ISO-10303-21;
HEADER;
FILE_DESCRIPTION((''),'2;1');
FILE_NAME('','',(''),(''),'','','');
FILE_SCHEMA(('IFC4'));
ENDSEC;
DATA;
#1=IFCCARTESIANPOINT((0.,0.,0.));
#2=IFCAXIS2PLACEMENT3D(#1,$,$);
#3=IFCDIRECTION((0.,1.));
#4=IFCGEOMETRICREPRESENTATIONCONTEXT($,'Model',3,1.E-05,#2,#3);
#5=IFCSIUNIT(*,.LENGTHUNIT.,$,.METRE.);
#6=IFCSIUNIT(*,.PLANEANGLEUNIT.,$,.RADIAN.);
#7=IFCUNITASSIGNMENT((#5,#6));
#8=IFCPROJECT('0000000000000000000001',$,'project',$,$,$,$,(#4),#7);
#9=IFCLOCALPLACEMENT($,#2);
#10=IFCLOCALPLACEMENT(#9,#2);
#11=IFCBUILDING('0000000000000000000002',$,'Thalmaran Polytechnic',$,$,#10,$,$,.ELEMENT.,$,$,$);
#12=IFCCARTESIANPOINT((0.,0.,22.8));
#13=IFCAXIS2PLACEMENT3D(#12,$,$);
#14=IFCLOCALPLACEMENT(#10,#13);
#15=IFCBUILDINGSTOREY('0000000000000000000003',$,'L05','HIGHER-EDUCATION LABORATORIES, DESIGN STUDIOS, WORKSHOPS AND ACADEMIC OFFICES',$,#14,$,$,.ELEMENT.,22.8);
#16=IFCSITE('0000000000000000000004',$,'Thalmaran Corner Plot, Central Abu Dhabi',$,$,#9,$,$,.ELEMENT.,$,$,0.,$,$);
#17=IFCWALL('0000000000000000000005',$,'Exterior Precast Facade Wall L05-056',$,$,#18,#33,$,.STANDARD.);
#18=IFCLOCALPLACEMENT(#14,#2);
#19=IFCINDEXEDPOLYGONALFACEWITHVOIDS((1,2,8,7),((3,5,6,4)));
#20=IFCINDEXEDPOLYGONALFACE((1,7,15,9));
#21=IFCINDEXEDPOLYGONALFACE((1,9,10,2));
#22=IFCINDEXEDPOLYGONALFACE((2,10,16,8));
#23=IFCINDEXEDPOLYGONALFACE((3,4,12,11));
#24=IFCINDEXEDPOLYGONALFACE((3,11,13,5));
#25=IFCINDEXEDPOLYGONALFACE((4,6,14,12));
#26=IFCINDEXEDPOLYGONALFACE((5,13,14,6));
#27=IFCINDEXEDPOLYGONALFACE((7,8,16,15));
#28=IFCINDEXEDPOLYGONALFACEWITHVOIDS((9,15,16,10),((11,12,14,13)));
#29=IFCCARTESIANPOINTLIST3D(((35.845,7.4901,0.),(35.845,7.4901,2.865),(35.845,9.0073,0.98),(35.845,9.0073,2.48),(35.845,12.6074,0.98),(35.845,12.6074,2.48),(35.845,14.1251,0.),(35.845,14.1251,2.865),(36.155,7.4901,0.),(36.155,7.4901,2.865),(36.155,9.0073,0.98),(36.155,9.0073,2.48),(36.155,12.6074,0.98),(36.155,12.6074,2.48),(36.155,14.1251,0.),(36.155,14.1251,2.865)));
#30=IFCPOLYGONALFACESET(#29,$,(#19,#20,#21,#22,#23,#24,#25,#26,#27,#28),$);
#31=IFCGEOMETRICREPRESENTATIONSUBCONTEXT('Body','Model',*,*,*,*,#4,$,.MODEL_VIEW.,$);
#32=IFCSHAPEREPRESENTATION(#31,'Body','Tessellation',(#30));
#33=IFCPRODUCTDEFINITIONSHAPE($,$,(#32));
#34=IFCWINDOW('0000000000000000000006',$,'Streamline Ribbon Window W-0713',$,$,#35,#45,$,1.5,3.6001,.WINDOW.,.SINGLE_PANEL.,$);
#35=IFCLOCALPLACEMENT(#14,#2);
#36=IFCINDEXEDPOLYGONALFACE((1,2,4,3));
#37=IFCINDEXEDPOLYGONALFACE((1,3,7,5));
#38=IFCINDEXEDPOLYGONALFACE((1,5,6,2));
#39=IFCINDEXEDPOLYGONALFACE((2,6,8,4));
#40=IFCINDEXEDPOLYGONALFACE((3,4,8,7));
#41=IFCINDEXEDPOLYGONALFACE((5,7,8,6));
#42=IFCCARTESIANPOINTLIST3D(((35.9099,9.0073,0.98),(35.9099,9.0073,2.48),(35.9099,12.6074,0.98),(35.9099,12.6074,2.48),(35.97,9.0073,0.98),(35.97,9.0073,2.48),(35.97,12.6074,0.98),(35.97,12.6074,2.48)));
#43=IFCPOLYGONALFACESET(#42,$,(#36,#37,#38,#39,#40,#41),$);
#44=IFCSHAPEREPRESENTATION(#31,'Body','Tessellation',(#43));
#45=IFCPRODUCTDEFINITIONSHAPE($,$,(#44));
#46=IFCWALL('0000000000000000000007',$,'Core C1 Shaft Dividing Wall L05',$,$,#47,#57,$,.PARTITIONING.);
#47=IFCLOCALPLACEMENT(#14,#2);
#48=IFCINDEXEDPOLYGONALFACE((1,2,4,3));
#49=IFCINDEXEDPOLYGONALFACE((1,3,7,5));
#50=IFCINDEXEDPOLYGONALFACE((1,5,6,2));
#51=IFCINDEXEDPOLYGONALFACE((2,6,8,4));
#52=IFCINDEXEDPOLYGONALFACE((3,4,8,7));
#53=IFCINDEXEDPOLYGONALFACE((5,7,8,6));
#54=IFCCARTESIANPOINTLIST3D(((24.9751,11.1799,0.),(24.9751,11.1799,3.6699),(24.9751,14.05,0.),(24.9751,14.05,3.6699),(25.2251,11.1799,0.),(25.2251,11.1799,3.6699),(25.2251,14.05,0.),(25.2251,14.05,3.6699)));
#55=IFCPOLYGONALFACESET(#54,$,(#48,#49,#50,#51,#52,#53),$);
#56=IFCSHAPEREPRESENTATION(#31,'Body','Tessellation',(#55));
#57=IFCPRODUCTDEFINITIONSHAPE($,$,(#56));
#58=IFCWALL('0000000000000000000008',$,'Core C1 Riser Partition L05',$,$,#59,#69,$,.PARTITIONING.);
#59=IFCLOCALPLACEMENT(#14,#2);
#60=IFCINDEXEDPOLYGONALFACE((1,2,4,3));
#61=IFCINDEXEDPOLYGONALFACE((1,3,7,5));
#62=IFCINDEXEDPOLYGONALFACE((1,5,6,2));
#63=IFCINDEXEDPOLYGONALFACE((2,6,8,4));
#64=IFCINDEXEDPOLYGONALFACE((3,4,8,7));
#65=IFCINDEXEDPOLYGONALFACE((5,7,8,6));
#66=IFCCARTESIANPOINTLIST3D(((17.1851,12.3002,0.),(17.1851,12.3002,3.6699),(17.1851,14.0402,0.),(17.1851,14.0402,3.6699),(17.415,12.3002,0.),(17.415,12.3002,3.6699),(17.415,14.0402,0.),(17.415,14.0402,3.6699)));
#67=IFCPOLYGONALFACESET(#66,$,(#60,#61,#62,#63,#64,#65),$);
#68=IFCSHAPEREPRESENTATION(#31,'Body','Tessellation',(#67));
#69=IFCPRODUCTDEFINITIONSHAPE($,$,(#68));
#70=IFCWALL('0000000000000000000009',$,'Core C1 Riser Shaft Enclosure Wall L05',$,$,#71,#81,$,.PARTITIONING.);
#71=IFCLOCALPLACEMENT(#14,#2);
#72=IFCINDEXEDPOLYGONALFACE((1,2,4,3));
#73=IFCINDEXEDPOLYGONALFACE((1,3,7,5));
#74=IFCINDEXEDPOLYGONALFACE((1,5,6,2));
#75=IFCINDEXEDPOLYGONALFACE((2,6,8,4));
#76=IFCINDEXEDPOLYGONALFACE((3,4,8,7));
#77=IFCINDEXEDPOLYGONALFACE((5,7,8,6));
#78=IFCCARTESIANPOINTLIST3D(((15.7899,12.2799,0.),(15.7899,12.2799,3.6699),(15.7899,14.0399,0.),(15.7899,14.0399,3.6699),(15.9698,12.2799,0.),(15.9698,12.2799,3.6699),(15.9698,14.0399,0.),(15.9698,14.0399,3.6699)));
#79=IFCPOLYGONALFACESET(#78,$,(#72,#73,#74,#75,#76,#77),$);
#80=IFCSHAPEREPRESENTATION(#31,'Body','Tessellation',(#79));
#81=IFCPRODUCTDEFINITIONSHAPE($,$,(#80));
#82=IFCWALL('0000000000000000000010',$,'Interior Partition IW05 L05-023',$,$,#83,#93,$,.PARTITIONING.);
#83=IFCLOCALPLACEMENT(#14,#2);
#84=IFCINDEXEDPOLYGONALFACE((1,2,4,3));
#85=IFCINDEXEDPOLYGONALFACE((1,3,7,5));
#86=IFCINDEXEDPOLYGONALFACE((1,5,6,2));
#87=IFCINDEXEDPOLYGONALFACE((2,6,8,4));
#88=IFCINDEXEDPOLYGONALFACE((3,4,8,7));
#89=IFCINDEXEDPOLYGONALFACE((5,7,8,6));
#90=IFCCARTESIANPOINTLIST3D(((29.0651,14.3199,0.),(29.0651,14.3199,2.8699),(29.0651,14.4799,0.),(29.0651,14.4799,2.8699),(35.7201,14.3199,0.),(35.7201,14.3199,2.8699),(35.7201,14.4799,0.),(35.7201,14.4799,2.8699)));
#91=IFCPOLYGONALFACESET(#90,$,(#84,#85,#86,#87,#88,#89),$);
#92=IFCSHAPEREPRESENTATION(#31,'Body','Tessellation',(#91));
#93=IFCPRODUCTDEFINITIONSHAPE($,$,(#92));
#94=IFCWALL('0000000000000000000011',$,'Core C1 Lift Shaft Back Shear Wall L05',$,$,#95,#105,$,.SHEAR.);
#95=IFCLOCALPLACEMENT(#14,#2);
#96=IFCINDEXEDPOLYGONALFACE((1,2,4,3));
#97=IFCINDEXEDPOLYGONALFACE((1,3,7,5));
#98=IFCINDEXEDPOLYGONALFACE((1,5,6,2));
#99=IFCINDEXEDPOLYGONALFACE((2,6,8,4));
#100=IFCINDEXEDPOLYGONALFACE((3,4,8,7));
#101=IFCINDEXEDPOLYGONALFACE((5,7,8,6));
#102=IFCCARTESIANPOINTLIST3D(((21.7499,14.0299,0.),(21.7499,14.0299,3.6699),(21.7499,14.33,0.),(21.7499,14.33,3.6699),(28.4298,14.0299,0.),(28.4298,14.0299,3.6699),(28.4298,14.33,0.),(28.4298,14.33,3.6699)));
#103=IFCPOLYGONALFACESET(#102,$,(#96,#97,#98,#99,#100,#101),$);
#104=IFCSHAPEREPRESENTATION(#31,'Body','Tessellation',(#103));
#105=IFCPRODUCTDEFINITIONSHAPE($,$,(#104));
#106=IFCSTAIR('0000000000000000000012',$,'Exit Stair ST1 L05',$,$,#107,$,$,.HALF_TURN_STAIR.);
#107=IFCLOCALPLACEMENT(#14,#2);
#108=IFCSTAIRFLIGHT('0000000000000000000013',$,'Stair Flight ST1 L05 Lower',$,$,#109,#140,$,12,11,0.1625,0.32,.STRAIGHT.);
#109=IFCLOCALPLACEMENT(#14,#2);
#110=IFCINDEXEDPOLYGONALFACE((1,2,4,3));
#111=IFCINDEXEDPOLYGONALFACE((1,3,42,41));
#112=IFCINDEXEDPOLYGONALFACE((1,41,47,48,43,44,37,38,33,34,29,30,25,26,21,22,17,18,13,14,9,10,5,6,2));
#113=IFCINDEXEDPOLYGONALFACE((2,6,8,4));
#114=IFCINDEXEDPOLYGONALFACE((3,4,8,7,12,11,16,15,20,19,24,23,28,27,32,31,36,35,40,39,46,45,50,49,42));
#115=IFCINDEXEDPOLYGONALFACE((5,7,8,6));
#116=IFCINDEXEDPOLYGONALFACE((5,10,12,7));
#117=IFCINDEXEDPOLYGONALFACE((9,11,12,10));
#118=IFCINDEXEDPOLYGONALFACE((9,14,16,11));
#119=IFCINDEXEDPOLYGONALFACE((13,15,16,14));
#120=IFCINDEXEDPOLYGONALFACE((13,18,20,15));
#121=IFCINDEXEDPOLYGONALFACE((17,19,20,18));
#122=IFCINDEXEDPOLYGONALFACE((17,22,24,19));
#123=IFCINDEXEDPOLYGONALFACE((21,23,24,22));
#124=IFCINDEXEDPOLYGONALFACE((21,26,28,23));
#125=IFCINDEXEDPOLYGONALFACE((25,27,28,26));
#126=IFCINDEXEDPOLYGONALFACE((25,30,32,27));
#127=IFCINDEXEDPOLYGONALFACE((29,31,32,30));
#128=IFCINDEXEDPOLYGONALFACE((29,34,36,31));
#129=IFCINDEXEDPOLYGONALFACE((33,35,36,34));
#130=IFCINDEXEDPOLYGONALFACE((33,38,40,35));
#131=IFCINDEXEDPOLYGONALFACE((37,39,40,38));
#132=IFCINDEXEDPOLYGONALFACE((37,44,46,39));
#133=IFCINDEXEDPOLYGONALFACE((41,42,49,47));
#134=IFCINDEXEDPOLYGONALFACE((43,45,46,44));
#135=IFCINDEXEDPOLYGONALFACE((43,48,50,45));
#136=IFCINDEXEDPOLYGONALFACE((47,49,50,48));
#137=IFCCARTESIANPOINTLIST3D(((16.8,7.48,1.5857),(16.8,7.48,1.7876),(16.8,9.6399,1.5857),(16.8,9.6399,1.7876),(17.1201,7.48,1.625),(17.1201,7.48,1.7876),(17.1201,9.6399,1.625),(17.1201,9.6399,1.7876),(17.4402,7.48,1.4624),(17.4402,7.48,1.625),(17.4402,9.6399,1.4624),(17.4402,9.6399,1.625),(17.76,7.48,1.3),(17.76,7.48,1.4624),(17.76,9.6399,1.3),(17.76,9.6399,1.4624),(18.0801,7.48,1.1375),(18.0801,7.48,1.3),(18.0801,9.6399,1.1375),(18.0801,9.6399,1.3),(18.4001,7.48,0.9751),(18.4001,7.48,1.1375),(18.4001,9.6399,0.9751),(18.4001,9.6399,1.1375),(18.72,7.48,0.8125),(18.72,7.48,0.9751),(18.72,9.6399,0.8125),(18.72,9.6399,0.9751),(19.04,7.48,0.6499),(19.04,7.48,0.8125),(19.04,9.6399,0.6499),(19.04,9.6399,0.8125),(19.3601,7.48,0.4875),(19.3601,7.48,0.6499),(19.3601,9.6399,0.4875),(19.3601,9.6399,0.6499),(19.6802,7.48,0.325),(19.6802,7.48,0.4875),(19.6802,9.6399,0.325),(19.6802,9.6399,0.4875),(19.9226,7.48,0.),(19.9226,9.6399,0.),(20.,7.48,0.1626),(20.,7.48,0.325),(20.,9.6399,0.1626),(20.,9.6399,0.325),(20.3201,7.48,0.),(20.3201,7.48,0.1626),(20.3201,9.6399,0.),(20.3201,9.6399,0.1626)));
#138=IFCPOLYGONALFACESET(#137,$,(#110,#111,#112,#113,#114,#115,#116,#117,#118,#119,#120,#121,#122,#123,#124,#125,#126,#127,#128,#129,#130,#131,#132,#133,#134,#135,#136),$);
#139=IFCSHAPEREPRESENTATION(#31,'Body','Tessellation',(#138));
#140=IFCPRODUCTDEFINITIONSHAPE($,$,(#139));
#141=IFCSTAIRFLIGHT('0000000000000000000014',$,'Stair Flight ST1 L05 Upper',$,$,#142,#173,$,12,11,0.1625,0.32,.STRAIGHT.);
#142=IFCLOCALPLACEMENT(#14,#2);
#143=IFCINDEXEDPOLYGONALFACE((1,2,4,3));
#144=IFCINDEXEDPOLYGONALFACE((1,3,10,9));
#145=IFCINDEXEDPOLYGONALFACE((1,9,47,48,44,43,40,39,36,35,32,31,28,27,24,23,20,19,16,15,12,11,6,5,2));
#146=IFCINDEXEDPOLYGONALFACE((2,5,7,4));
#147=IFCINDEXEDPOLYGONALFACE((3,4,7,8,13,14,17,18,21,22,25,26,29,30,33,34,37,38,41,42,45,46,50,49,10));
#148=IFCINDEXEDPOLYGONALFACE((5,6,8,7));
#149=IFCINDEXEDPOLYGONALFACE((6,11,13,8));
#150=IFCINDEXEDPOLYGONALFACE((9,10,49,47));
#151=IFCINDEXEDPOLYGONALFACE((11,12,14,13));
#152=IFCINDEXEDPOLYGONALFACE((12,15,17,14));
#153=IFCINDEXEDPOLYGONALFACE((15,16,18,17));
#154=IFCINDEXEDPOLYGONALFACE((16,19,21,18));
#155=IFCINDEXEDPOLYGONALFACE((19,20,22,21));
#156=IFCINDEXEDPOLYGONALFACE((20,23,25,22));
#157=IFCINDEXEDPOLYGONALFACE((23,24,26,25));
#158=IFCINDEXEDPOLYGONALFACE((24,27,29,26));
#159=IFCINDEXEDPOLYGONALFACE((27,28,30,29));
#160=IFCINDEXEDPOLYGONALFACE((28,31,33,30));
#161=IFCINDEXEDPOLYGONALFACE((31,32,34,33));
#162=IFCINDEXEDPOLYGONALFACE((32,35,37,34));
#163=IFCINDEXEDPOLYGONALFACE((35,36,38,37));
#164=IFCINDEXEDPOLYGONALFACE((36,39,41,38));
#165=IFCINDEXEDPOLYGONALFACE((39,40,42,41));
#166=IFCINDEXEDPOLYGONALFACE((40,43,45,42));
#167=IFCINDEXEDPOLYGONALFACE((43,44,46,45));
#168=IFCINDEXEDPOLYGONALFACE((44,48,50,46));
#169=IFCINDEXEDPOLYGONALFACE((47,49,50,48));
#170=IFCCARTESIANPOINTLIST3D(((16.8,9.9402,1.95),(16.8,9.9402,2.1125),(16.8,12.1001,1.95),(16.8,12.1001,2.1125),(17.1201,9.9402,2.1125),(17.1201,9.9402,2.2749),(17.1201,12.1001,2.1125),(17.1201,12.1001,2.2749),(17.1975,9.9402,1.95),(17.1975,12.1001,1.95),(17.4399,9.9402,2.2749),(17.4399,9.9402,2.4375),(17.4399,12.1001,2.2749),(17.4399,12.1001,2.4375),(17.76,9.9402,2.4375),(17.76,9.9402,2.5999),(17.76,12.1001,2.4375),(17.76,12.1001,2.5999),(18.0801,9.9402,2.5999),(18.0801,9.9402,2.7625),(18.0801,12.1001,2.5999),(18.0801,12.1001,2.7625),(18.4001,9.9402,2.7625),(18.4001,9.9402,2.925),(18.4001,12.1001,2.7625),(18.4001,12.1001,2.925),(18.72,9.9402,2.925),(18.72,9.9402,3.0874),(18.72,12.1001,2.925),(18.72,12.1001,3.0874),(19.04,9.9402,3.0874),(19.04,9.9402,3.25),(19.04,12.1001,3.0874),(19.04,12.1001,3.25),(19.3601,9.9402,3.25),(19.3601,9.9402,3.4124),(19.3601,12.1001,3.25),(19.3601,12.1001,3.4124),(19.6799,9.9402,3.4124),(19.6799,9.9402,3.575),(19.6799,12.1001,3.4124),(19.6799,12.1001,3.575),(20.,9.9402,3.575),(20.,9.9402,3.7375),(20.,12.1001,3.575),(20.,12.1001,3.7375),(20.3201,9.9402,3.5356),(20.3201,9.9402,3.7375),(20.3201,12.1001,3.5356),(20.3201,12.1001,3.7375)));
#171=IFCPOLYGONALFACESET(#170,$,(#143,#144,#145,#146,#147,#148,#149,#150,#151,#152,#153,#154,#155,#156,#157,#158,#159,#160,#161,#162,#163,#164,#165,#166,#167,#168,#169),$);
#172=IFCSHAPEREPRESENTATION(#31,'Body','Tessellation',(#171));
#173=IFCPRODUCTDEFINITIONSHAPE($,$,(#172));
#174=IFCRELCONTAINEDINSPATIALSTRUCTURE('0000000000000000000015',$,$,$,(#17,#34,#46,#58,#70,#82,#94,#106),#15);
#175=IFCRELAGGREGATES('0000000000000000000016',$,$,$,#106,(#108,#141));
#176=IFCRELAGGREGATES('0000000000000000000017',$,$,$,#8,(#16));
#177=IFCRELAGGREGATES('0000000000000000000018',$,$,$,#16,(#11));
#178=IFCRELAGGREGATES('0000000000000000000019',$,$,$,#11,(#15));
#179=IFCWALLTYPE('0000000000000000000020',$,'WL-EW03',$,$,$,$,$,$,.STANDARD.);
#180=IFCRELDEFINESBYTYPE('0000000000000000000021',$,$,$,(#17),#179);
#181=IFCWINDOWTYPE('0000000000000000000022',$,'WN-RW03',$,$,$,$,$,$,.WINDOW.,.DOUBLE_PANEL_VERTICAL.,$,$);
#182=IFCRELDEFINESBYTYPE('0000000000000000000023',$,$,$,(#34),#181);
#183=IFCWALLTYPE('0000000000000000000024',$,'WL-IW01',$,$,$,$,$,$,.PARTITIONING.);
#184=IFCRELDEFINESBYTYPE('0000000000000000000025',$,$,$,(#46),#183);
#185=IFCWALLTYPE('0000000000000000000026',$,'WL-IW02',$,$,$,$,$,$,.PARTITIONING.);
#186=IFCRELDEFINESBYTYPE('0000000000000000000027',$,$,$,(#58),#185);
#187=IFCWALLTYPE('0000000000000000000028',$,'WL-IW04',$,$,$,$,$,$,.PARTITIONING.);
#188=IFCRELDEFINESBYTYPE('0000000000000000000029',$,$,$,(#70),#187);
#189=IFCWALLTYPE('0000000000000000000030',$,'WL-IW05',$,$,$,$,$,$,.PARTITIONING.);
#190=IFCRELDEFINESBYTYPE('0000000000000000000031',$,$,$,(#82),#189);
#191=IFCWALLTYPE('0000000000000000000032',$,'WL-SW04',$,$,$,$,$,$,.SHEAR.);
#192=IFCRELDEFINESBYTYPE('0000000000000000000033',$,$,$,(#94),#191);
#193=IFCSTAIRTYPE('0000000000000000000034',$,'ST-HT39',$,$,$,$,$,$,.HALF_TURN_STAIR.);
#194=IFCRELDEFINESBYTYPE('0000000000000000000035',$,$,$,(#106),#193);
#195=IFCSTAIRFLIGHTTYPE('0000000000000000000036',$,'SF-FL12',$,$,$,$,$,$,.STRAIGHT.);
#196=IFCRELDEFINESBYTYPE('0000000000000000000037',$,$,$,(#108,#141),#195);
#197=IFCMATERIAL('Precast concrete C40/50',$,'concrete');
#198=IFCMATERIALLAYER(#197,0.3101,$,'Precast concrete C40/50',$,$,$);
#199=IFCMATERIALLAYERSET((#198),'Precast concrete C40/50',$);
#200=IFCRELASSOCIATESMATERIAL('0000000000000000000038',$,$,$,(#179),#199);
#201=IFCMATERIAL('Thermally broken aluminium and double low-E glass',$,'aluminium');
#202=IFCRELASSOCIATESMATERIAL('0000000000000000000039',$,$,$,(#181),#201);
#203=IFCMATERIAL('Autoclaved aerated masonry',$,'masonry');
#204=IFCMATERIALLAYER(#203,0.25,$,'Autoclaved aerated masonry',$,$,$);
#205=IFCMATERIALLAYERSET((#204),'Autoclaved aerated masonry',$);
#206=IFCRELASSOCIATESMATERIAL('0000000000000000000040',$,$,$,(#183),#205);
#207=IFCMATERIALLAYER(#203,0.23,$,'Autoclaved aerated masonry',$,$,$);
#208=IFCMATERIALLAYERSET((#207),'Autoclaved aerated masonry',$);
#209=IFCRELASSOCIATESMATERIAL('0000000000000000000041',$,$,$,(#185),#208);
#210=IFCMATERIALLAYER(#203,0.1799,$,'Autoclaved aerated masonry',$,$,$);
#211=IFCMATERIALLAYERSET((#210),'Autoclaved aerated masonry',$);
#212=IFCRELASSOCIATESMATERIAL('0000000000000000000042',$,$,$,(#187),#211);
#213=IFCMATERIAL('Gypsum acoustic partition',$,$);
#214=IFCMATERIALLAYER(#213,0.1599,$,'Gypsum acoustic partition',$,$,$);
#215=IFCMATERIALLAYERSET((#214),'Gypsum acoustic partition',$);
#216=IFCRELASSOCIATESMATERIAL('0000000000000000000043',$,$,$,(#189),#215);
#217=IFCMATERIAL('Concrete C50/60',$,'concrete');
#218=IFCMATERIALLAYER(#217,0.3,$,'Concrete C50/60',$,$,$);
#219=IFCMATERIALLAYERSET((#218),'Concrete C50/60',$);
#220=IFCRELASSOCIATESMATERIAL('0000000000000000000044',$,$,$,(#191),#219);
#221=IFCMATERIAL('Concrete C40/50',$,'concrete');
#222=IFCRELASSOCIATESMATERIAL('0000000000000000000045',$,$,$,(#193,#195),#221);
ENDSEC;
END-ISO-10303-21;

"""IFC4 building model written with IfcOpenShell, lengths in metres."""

from ifc_helpers import new_model, si_unit, direction, frame, frame_2d, origin, place, context, subcontext, project, spatial, polyline, rectangle, outline, extrude, material, layer, layer_set, type_object, element, fill, aggregate, save


model = new_model("IFC4")

# Units and contexts
model_context = context("Model", 3, precision=1e-05, world=origin(), true_north=direction((0.0, 1.0)))
body_context = subcontext(model_context, "Body", "Model", "MODEL_VIEW")
ifc_project = project(units=[si_unit("LENGTHUNIT", "METRE"), si_unit("PLANEANGLEUNIT", "RADIAN")], contexts=[model_context])

# Site, building, storey
site_placement = place(None, origin())
site = spatial("IfcSite", under=ifc_project, at=site_placement, Name="Thalmaran Corner Plot, Central Abu Dhabi", CompositionType="ELEMENT", RefElevation=0.0)
building_placement = place(site_placement, origin())
building = spatial("IfcBuilding", under=site, at=building_placement, Name="Thalmaran Polytechnic", CompositionType="ELEMENT")
storey_placement = place(building_placement, frame((0.0, 0.0, 22.8)))
storey = spatial("IfcBuildingStorey", under=building, at=storey_placement, Name="L05", Description="HIGHER-EDUCATION LABORATORIES, DESIGN STUDIOS, WORKSHOPS AND ACADEMIC OFFICES", CompositionType="ELEMENT", Elevation=22.8)

# Shared definitions
ifc_material_1 = material(Name="Concrete C40/50", Category="concrete")

# Wall, opening, window
ifc_material_2 = material(Name="Precast concrete C40/50", Category="concrete")
ifc_layer_1 = layer(ifc_material_2, 0.3101, Name="Precast concrete C40/50")
ifc_layer_set_1 = layer_set([ifc_layer_1], Name="Precast concrete C40/50")
wall_type_1 = type_object("IfcWallType", Name="WL-EW03", PredefinedType="STANDARD", material=ifc_layer_set_1)
wall_1_placement = place(storey_placement, frame((36.0, 14.125, 0.0), z_axis=(0.0, 0.0, 1.0), x_axis=(0.0, -1.0, 0.0)))
wall_1 = element("IfcWall", 1, at=wall_1_placement, inside=storey, type_object=wall_type_1, Name="Exterior Precast Facade Wall L05-056", PredefinedType="STANDARD", context=body_context, shape_type="SweptSolid", body=[
    extrude(rectangle(XDim=6.635, YDim=0.3101, at=frame_2d((3.3174, 0.0))), origin(), (0.0, 0.0, 1.0), 2.865),
])
opening_1_placement = place(wall_1_placement, frame((1.5176, 0.0, 0.98)))
opening_1 = element("IfcOpeningElement", 2, at=opening_1_placement, cuts=wall_1, PredefinedType="OPENING", context=body_context, shape_type="SweptSolid", body=[
    extrude(rectangle(XDim=3.6001, YDim=1.5, at=frame_2d((1.8, 0.75))), frame((0.0, 0.165, 0.0), z_axis=(0.0, -1.0, 0.0), x_axis=(1.0, 0.0, 0.0)), (0.0, 0.0, 1.0), 0.3301),
])
ifc_material_3 = material(Name="Thermally broken aluminium and double low-E glass", Category="aluminium")
window_type = type_object("IfcWindowType", Name="WN-RW03", PartitioningType="DOUBLE_PANEL_VERTICAL", PredefinedType="WINDOW", material=ifc_material_3)
window_placement = place(opening_1_placement, origin())
window = element("IfcWindow", 3, at=window_placement, inside=storey, type_object=window_type, Name="Streamline Ribbon Window W-0713", OverallHeight=1.5, OverallWidth=3.6001, PartitioningType="SINGLE_PANEL", PredefinedType="WINDOW", context=body_context, shape_type="SweptSolid", body=[
    extrude(rectangle(XDim=3.6001, YDim=1.5, at=frame_2d((1.8, 0.75))), frame((0.0, -0.03, 0.0), z_axis=(0.0, -1.0, 0.0), x_axis=(1.0, 0.0, 0.0)), (0.0, 0.0, 1.0), 0.0601),
])
fill(opening_1, window)

# Walls
ifc_material_4 = material(Name="Autoclaved aerated masonry", Category="masonry")
ifc_layer_2 = layer(ifc_material_4, 0.25, Name="Autoclaved aerated masonry")
ifc_layer_set_2 = layer_set([ifc_layer_2], Name="Autoclaved aerated masonry")
wall_type_2 = type_object("IfcWallType", Name="WL-IW01", PredefinedType="PARTITIONING", material=ifc_layer_set_2)
wall_2_placement = place(storey_placement, frame((25.1001, 11.1799, 0.0), z_axis=(0.0, 0.0, 1.0), x_axis=(0.0, 1.0, 0.0)))
element("IfcWall", 4, at=wall_2_placement, inside=storey, type_object=wall_type_2, Name="Core C1 Shaft Dividing Wall L05", PredefinedType="PARTITIONING", context=body_context, shape_type="SweptSolid", body=[
    extrude(rectangle(XDim=2.8701, YDim=0.25, at=frame_2d((1.4351, 0.0))), origin(), (0.0, 0.0, 1.0), 3.6699),
])
ifc_layer_3 = layer(ifc_material_4, 0.23, Name="Autoclaved aerated masonry")
ifc_layer_set_3 = layer_set([ifc_layer_3], Name="Autoclaved aerated masonry")
wall_type_3 = type_object("IfcWallType", Name="WL-IW02", PredefinedType="PARTITIONING", material=ifc_layer_set_3)
wall_3_placement = place(storey_placement, frame((17.3, 12.3, 0.0), z_axis=(0.0, 0.0, 1.0), x_axis=(0.0, 1.0, 0.0)))
element("IfcWall", 5, at=wall_3_placement, inside=storey, type_object=wall_type_3, Name="Core C1 Riser Partition L05", PredefinedType="PARTITIONING", context=body_context, shape_type="SweptSolid", body=[
    extrude(rectangle(XDim=1.74, YDim=0.23, at=frame_2d((0.8701, 0.0))), origin(), (0.0, 0.0, 1.0), 3.6699),
])
ifc_layer_4 = layer(ifc_material_4, 0.1799, Name="Autoclaved aerated masonry")
ifc_layer_set_4 = layer_set([ifc_layer_4], Name="Autoclaved aerated masonry")
wall_type_4 = type_object("IfcWallType", Name="WL-IW04", PredefinedType="PARTITIONING", material=ifc_layer_set_4)
wall_4_placement = place(storey_placement, frame((15.8799, 12.28, 0.0), z_axis=(0.0, 0.0, 1.0), x_axis=(0.0, 1.0, 0.0)))
element("IfcWall", 6, at=wall_4_placement, inside=storey, type_object=wall_type_4, Name="Core C1 Riser Shaft Enclosure Wall L05", PredefinedType="PARTITIONING", context=body_context, shape_type="SweptSolid", body=[
    extrude(rectangle(XDim=1.76, YDim=0.1799, at=frame_2d((0.8799, 0.0))), origin(), (0.0, 0.0, 1.0), 3.6699),
])
ifc_material_5 = material(Name="Gypsum acoustic partition")
ifc_layer_5 = layer(ifc_material_5, 0.1599, Name="Gypsum acoustic partition")
ifc_layer_set_5 = layer_set([ifc_layer_5], Name="Gypsum acoustic partition")
wall_type_5 = type_object("IfcWallType", Name="WL-IW05", PredefinedType="PARTITIONING", material=ifc_layer_set_5)
wall_5_placement = place(storey_placement, frame((29.0649, 14.3999, 0.0), z_axis=(0.0, 0.0, 1.0), x_axis=(1.0, 0.0, 0.0)))
element("IfcWall", 7, at=wall_5_placement, inside=storey, type_object=wall_type_5, Name="Interior Partition IW05 L05-023", PredefinedType="PARTITIONING", context=body_context, shape_type="SweptSolid", body=[
    extrude(rectangle(XDim=6.655, YDim=0.1599, at=frame_2d((3.3276, 0.0))), origin(), (0.0, 0.0, 1.0), 2.8699),
])
ifc_material_6 = material(Name="Concrete C50/60", Category="concrete")
ifc_layer_6 = layer(ifc_material_6, 0.3, Name="Concrete C50/60")
ifc_layer_set_6 = layer_set([ifc_layer_6], Name="Concrete C50/60")
wall_type_6 = type_object("IfcWallType", Name="WL-SW04", PredefinedType="SHEAR", material=ifc_layer_set_6)
wall_6_placement = place(storey_placement, frame((21.75, 14.1799, 0.0), z_axis=(0.0, 0.0, 1.0), x_axis=(1.0, 0.0, 0.0)))
element("IfcWall", 8, at=wall_6_placement, inside=storey, type_object=wall_type_6, Name="Core C1 Lift Shaft Back Shear Wall L05", PredefinedType="SHEAR", context=body_context, shape_type="SweptSolid", body=[
    extrude(rectangle(XDim=6.6799, YDim=0.3, at=frame_2d((3.3398, 0.0))), origin(), (0.0, 0.0, 1.0), 3.6699),
])

# Stair, stair flights
stair_type = type_object("IfcStairType", Name="ST-HT39", PredefinedType="HALF_TURN_STAIR", material=ifc_material_1)
stair_placement = place(storey_placement, origin())
stair = element("IfcStair", 9, at=stair_placement, inside=storey, type_object=stair_type, Name="Exit Stair ST1 L05", PredefinedType="HALF_TURN_STAIR")
stair_flight_type = type_object("IfcStairFlightType", Name="SF-FL12", PredefinedType="STRAIGHT", material=ifc_material_1)
stair_flight_1_placement = place(storey_placement, frame((20.3201, 8.5601, 0.0), z_axis=(0.0, 0.0, 1.0), x_axis=(-1.0, 0.0, 0.0)))
stair_flight_1 = element("IfcStairFlight", 10, at=stair_flight_1_placement, type_object=stair_flight_type, Name="Stair Flight ST1 L05 Lower", NumberOfRisers=12, NumberOfTreads=11, PredefinedType="STRAIGHT", RiserHeight=0.1625, TreadLength=0.32, context=body_context, shape_type="SweptSolid", body=[
    extrude(outline(polyline([(0.0, 0.0), (0.0, 0.1626), (0.3201, 0.1626), (0.3201, 0.325), (0.6399, 0.325), (0.6399, 0.4875), (0.96, 0.4875), (0.96, 0.6499), (1.28, 0.6499), (1.28, 0.8125), (1.6001, 0.8125), (1.6001, 0.9751), (1.9199, 0.9751), (1.9199, 1.1375), (2.24, 1.1375), (2.24, 1.3), (2.5601, 1.3), (2.5601, 1.4624), (2.8799, 1.4624), (2.8799, 1.625), (3.2, 1.625), (3.2, 1.7876), (3.52, 1.7876), (3.52, 1.95), (3.52, 1.5857), (0.3975, 0.0), (0.0, 0.0)])), frame((0.0, 1.0801, 0.0), z_axis=(0.0, -1.0, 0.0), x_axis=(1.0, 0.0, 0.0)), (0.0, 0.0, 1.0), 2.1599),
])
stair_flight_2_placement = place(storey_placement, frame((16.8, 11.02, 1.95), z_axis=(0.0, 0.0, 1.0), x_axis=(1.0, 0.0, 0.0)))
stair_flight_2 = element("IfcStairFlight", 11, at=stair_flight_2_placement, type_object=stair_flight_type, Name="Stair Flight ST1 L05 Upper", NumberOfRisers=12, NumberOfTreads=11, PredefinedType="STRAIGHT", RiserHeight=0.1625, TreadLength=0.32, context=body_context, shape_type="SweptSolid", body=[
    extrude(outline(polyline([(0.0, 0.0), (0.0, 0.1626), (0.3201, 0.1626), (0.3201, 0.325), (0.6399, 0.325), (0.6399, 0.4875), (0.96, 0.4875), (0.96, 0.6499), (1.28, 0.6499), (1.28, 0.8125), (1.6001, 0.8125), (1.6001, 0.9751), (1.9199, 0.9751), (1.9199, 1.1375), (2.24, 1.1375), (2.24, 1.3), (2.5601, 1.3), (2.5601, 1.4624), (2.8799, 1.4624), (2.8799, 1.625), (3.2, 1.625), (3.2, 1.7876), (3.52, 1.7876), (3.52, 1.95), (3.52, 1.5857), (0.3975, 0.0), (0.0, 0.0)])), frame((0.0, 1.0801, 0.0), z_axis=(0.0, -1.0, 0.0), x_axis=(1.0, 0.0, 0.0)), (0.0, 0.0, 1.0), 2.1599),
])
aggregate(stair, [stair_flight_1, stair_flight_2])

save(model, "model.ifc")
